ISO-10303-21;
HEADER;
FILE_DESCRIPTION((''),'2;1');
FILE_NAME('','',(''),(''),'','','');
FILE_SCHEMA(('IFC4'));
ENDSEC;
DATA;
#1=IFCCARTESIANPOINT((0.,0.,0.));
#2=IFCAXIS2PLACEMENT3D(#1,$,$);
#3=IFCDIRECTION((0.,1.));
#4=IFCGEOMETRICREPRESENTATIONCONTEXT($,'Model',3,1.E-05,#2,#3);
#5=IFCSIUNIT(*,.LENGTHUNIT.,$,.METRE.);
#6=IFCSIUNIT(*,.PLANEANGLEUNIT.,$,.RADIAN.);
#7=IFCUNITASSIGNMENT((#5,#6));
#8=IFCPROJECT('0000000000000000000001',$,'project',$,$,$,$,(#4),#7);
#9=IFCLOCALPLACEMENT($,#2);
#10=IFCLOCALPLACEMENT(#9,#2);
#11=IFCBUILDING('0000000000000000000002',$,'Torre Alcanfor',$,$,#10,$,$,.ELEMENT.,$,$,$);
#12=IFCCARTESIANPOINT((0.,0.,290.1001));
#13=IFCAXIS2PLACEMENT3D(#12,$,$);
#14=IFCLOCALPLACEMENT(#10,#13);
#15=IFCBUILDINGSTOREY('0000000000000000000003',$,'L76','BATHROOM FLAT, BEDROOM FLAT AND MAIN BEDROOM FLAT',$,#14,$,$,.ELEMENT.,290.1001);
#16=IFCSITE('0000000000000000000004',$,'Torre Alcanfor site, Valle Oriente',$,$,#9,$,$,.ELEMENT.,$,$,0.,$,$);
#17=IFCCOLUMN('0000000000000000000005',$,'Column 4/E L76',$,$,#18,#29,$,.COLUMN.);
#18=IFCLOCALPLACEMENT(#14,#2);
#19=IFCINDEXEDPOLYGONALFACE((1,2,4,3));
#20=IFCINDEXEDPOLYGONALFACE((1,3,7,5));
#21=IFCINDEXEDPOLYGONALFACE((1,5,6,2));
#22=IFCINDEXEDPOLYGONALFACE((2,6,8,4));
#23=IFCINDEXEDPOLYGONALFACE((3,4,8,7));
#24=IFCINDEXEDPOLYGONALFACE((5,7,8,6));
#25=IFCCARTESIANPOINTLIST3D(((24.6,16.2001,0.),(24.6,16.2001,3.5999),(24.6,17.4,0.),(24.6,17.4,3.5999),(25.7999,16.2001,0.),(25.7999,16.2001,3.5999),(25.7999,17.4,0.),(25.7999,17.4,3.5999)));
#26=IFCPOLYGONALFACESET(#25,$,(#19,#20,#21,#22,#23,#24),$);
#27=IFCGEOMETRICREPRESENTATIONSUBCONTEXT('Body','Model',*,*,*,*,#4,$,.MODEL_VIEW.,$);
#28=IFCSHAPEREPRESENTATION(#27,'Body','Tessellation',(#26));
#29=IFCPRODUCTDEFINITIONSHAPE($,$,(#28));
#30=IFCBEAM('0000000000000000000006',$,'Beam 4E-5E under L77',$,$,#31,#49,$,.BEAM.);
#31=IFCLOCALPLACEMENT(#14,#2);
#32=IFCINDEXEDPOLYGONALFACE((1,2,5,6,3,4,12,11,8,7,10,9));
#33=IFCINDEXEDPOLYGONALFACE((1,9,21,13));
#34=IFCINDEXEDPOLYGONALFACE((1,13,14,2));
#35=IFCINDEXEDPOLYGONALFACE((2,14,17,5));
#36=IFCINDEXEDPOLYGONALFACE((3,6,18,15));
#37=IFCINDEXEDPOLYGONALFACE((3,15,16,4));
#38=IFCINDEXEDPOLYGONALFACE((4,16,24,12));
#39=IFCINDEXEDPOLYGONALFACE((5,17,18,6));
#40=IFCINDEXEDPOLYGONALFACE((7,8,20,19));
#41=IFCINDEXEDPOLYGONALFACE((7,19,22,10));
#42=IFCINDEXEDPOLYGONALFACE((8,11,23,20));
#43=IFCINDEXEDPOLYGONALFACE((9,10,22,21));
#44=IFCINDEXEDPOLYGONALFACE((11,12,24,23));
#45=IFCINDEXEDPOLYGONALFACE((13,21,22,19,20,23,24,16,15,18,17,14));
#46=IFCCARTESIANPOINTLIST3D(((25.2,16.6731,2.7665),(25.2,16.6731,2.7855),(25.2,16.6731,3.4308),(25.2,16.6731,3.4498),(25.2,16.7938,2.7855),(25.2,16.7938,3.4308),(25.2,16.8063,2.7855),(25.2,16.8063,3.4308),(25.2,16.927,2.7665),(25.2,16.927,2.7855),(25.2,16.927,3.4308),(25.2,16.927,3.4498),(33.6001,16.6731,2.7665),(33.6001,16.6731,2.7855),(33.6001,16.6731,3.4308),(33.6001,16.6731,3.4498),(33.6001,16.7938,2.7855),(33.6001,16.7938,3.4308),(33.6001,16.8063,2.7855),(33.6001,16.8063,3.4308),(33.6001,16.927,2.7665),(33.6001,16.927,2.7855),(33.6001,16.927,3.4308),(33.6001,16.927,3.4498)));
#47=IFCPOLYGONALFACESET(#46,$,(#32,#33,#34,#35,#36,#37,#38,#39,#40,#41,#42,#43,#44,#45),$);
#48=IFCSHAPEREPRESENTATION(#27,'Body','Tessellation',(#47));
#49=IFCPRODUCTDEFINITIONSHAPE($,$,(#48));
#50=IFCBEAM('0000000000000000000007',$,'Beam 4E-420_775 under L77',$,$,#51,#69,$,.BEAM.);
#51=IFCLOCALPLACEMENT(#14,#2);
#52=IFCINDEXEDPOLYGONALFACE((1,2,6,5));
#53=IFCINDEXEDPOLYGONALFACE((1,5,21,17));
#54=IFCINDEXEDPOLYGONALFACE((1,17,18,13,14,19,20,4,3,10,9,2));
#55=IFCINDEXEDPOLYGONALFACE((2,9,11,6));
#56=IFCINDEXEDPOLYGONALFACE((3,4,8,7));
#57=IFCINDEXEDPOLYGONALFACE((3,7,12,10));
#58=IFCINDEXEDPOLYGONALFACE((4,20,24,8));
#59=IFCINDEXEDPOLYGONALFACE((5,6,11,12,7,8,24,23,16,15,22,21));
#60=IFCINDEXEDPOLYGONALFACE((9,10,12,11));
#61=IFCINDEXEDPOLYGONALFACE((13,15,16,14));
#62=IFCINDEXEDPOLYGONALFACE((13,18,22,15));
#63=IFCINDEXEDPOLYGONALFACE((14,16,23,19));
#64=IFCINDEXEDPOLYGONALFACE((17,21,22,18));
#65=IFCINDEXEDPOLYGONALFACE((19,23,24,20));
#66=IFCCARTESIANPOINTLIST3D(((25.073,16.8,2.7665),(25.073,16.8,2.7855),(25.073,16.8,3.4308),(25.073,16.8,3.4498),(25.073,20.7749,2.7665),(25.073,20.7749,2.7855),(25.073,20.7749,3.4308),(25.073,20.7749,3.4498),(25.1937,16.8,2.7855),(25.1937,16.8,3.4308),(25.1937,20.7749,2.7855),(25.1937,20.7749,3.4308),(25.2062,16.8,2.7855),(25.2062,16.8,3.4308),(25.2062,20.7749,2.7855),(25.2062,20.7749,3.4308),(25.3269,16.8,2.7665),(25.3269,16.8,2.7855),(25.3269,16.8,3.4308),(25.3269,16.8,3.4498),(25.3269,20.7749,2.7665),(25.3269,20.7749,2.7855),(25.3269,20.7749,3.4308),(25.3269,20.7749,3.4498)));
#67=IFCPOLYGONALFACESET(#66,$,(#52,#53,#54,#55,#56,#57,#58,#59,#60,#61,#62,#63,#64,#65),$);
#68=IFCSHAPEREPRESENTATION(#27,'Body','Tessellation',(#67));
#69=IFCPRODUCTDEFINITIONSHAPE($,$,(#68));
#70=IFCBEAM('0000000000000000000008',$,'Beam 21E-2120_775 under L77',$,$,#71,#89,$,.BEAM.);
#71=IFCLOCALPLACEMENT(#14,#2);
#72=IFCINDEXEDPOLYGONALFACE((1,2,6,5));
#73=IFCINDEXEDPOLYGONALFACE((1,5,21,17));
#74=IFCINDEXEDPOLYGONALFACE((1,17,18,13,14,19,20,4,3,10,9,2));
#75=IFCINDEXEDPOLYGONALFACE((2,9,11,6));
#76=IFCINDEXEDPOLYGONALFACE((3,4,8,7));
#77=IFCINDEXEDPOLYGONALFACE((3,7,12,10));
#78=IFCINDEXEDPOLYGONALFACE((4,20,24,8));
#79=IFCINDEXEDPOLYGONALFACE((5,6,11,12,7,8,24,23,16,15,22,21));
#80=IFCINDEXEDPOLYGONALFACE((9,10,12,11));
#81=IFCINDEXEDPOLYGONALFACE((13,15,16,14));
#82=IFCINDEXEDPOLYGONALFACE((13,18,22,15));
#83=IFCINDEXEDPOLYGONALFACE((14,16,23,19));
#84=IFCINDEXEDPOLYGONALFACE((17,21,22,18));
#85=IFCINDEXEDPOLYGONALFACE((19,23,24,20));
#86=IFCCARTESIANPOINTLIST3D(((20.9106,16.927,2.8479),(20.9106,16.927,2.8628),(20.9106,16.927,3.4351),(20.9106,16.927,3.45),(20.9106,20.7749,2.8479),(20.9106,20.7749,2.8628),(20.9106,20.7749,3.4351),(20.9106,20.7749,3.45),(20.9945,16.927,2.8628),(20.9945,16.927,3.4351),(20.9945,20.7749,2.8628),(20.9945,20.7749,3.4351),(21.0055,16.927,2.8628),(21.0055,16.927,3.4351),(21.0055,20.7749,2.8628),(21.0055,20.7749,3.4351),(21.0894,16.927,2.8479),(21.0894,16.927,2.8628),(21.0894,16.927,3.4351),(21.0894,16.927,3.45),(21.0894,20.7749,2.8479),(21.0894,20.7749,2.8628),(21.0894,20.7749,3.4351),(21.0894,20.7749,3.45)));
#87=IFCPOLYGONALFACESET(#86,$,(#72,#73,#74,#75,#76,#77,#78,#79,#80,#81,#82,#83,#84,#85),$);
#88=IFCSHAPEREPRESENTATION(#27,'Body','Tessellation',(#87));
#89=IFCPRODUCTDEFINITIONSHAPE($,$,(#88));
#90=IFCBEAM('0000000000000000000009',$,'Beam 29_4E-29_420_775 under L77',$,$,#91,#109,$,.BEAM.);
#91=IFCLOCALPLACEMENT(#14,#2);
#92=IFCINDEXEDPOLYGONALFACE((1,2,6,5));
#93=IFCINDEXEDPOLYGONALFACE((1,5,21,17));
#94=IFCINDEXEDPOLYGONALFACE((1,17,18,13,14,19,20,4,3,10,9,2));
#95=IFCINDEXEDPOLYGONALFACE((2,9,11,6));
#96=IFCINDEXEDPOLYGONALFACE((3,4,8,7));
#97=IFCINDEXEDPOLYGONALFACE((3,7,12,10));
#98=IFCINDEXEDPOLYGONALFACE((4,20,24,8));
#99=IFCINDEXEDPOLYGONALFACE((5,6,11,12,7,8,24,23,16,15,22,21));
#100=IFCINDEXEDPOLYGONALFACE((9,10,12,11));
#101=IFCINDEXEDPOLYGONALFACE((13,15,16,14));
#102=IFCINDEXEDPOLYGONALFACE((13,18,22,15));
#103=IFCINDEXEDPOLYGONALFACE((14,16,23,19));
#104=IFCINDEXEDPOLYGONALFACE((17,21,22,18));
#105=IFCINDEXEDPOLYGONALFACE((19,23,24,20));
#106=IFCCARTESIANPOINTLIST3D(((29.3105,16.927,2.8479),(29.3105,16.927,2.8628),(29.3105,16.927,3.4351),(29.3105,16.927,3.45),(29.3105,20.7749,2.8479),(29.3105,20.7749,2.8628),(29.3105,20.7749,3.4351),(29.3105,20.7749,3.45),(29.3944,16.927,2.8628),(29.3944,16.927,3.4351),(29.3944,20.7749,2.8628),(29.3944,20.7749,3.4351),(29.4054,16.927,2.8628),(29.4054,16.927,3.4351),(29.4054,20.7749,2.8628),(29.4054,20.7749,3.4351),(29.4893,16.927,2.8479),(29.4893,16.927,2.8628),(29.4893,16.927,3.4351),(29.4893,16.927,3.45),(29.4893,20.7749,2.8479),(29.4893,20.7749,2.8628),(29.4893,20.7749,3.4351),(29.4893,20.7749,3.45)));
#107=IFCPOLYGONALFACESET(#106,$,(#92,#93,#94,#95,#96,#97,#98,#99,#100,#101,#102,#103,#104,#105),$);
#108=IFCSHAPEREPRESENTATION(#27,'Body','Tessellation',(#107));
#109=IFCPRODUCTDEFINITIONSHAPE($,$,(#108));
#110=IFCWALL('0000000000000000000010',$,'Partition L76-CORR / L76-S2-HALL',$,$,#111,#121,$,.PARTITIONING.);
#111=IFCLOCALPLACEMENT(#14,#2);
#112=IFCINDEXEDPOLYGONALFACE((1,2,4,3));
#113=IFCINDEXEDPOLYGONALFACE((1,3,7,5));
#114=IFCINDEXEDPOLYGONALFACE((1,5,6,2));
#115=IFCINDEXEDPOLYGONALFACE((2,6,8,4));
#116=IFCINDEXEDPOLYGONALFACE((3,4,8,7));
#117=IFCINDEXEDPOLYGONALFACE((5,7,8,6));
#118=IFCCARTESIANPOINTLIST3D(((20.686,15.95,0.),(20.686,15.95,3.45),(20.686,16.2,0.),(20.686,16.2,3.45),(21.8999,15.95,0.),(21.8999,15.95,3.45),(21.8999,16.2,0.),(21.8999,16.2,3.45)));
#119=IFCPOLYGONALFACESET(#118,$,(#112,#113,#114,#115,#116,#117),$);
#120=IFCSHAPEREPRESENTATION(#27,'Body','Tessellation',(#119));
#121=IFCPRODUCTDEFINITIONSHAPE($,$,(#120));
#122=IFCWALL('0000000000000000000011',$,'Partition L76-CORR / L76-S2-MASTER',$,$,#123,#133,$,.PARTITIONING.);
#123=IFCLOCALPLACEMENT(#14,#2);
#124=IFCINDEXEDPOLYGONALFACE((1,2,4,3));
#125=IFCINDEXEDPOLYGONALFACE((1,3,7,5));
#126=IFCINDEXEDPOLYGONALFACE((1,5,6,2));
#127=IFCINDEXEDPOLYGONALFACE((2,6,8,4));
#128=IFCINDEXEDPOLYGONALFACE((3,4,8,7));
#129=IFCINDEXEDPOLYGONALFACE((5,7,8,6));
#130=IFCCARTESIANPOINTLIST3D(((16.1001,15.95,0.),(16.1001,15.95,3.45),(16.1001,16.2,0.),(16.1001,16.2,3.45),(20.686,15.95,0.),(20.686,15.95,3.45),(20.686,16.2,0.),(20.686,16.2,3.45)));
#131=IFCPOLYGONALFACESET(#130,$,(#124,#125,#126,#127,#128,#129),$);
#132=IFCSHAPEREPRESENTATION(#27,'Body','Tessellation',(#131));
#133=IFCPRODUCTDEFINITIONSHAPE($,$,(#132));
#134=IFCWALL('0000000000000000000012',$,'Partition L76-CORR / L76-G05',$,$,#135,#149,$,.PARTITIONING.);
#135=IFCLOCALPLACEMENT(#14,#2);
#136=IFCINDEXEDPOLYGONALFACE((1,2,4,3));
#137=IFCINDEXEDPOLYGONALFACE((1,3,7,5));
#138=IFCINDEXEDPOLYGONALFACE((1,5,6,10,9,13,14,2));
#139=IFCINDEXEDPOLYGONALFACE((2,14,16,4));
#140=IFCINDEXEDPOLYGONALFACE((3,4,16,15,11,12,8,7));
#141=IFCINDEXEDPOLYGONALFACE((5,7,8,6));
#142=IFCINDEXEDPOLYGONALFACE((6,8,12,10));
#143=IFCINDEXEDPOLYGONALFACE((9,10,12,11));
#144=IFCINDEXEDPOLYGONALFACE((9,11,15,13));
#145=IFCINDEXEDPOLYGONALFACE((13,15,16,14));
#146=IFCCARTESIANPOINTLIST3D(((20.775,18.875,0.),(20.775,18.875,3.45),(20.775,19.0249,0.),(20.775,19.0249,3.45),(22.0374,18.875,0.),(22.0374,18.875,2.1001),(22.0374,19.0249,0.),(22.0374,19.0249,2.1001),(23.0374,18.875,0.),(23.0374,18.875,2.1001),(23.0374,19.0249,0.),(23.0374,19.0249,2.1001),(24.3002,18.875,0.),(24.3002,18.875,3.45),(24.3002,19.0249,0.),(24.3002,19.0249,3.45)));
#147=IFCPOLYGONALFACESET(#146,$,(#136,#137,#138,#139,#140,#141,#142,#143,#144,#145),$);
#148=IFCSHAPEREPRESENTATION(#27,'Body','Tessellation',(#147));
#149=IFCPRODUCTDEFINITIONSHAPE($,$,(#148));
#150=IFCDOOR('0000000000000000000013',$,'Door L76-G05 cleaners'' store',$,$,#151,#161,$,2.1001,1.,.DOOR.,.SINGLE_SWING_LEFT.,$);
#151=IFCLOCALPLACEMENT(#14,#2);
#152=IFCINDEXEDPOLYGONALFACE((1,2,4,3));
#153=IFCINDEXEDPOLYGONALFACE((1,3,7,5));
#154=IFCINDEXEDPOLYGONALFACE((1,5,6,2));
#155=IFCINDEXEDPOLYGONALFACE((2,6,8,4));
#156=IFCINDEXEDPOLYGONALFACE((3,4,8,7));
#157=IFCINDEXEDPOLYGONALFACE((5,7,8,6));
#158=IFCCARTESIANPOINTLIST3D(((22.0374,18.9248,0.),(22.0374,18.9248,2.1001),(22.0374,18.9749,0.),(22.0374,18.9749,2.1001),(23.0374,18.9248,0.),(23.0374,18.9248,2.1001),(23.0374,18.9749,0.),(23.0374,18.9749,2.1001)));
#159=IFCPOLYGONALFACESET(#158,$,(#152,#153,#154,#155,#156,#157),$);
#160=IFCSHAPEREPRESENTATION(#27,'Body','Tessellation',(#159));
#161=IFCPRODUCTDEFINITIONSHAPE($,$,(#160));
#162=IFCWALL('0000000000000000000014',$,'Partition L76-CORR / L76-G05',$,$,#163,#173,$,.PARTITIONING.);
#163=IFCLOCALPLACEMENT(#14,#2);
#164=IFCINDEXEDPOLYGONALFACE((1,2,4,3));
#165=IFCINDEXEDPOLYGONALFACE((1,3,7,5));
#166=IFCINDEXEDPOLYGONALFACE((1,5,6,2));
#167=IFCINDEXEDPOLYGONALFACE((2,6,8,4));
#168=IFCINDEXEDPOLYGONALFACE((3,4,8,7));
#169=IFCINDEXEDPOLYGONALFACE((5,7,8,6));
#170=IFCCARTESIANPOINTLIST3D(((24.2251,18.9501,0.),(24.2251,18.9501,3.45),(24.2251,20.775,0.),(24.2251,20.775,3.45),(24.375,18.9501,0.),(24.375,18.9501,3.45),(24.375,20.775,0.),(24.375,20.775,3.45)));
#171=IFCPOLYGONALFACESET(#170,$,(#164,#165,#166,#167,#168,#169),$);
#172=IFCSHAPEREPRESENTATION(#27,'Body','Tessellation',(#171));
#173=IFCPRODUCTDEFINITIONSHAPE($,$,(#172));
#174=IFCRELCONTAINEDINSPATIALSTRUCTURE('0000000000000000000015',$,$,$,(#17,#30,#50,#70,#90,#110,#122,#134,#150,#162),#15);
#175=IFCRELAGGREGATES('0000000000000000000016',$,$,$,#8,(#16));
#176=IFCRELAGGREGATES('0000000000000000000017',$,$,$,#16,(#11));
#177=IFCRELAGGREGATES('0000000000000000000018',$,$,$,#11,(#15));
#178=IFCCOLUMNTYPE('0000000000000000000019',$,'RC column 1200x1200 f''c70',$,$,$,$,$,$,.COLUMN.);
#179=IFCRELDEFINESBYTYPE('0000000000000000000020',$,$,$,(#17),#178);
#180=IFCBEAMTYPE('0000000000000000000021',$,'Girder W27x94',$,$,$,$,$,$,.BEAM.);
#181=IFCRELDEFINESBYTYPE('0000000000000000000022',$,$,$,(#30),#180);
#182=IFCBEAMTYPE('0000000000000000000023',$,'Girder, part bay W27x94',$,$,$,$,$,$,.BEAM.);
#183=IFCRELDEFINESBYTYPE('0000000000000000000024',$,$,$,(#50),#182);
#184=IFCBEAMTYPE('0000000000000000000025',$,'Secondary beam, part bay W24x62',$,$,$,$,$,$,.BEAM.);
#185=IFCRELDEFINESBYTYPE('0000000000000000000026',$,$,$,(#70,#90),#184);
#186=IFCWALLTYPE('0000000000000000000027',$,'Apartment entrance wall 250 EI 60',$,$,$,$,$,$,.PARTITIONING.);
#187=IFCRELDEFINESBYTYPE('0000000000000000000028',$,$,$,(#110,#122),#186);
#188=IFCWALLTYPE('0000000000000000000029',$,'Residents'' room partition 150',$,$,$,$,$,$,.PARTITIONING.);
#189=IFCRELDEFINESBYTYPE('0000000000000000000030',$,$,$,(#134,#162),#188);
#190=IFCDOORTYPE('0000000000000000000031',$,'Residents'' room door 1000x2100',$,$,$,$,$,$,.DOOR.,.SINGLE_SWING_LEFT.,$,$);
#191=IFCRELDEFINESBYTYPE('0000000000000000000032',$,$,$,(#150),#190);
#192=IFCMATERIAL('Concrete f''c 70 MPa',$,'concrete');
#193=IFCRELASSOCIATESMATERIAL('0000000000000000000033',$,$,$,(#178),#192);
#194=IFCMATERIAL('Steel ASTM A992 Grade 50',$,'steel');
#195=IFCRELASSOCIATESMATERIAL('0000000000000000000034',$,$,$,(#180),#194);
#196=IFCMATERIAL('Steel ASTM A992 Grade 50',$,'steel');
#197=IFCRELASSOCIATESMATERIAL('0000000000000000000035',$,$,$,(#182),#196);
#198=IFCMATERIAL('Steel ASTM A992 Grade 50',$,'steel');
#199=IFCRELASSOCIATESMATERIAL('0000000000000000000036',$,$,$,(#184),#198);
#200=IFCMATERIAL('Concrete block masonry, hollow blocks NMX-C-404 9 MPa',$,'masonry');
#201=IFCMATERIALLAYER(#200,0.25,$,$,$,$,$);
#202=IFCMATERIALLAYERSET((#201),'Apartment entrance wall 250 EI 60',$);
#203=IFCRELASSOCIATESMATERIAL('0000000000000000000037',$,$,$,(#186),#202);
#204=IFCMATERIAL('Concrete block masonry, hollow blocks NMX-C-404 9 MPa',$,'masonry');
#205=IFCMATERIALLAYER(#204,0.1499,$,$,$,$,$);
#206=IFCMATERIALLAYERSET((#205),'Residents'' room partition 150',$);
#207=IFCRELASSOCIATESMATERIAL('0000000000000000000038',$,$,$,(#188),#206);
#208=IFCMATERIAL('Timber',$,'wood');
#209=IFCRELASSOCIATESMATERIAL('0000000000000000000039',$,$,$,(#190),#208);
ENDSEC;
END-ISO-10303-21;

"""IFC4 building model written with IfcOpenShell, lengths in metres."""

from ifc_helpers import new_model, si_unit, direction, frame, frame_2d, origin, origin_2d, place, context, subcontext, project, spatial, rectangle, i_section, extrude, material, layer, layer_set, material_profile, profile_set, type_object, element, fill, save


model = new_model("IFC4")

# Units and contexts
model_context = context("Model", 3, precision=1e-05, world=origin(), true_north=direction((0.0, 1.0)))
body_context = subcontext(model_context, "Body", "Model", "MODEL_VIEW")
ifc_project = project(units=[si_unit("LENGTHUNIT", "METRE"), si_unit("PLANEANGLEUNIT", "RADIAN")], contexts=[model_context])

# Site, building, storey
site_placement = place(None, origin())
site = spatial("IfcSite", under=ifc_project, at=site_placement, Name="Torre Alcanfor site, Valle Oriente", CompositionType="ELEMENT", RefElevation=0.0)
building_placement = place(site_placement, origin())
building = spatial("IfcBuilding", under=site, at=building_placement, Name="Torre Alcanfor", CompositionType="ELEMENT")
storey_placement = place(building_placement, frame((0.0, 0.0, 290.1001)))
storey = spatial("IfcBuildingStorey", under=building, at=storey_placement, Name="L76", Description="BATHROOM FLAT, BEDROOM FLAT AND MAIN BEDROOM FLAT", CompositionType="ELEMENT", Elevation=290.1001)

# Column
ifc_material_1 = material(Name="Concrete f'c 70 MPa", Category="concrete")
ifc_material_profile_1 = material_profile(ifc_material_1, rectangle(XDim=1.2, YDim=1.2, at=origin_2d()), Name="1200x1200")
ifc_profile_set_1 = profile_set([ifc_material_profile_1], Name="Concrete f'c 70 MPa")
column_type = type_object("IfcColumnType", Name="RC column 1200x1200 f'c70", PredefinedType="COLUMN", material=ifc_profile_set_1)
column_placement = place(storey_placement, frame((25.2, 16.8, 0.0), z_axis=(0.0, 0.0, 1.0), x_axis=(1.0, 0.0, 0.0)))
element("IfcColumn", 1, at=column_placement, inside=storey, type_object=column_type, Name="Column 4/E L76", PredefinedType="COLUMN", context=body_context, shape_type="SweptSolid", body=[
    extrude(rectangle(XDim=1.2, YDim=1.2, at=origin_2d()), origin(), (0.0, 0.0, 1.0), 3.5999),
])

# Beams
ifc_material_2 = material(Name="Steel ASTM A992 Grade 50", Category="steel")
ifc_material_profile_2 = material_profile(ifc_material_2, i_section(OverallWidth=0.2539, OverallDepth=0.6833, WebThickness=0.0125, FlangeThickness=0.019, at=origin_2d()), Name="W27x94")
ifc_profile_set_2 = profile_set([ifc_material_profile_2], Name="Steel ASTM A992 Grade 50")
beam_type_1 = type_object("IfcBeamType", Name="Girder W27x94", PredefinedType="BEAM", material=ifc_profile_set_2)
beam_1_placement = place(storey_placement, frame((25.2, 16.8, 3.1082), z_axis=(1.0, 0.0, 0.0), x_axis=(0.0, 1.0, 0.0)))
element("IfcBeam", 2, at=beam_1_placement, inside=storey, type_object=beam_type_1, Name="Beam 4E-5E under L77", PredefinedType="BEAM", context=body_context, shape_type="SweptSolid", body=[
    extrude(i_section(OverallWidth=0.2539, OverallDepth=0.6833, WebThickness=0.0125, FlangeThickness=0.019, at=origin_2d()), origin(), (0.0, 0.0, 1.0), 8.4001),
])
ifc_material_3 = material(Name="Steel ASTM A992 Grade 50", Category="steel")
ifc_material_profile_3 = material_profile(ifc_material_3, i_section(OverallWidth=0.2539, OverallDepth=0.6833, WebThickness=0.0125, FlangeThickness=0.019, at=origin_2d()), Name="W27x94")
ifc_profile_set_3 = profile_set([ifc_material_profile_3], Name="Steel ASTM A992 Grade 50")
beam_type_2 = type_object("IfcBeamType", Name="Girder, part bay W27x94", PredefinedType="BEAM", material=ifc_profile_set_3)
beam_2_placement = place(storey_placement, frame((25.2, 16.8, 3.1082), z_axis=(0.0, 1.0, 0.0), x_axis=(-1.0, 0.0, 0.0)))
element("IfcBeam", 3, at=beam_2_placement, inside=storey, type_object=beam_type_2, Name="Beam 4E-420_775 under L77", PredefinedType="BEAM", context=body_context, shape_type="SweptSolid", body=[
    extrude(i_section(OverallWidth=0.2539, OverallDepth=0.6833, WebThickness=0.0125, FlangeThickness=0.019, at=origin_2d()), origin(), (0.0, 0.0, 1.0), 3.9749),
])
ifc_material_4 = material(Name="Steel ASTM A992 Grade 50", Category="steel")
ifc_material_profile_4 = material_profile(ifc_material_4, i_section(OverallWidth=0.1787, OverallDepth=0.6021, WebThickness=0.011, FlangeThickness=0.0149, at=origin_2d()), Name="W24x62")
ifc_profile_set_4 = profile_set([ifc_material_profile_4], Name="Steel ASTM A992 Grade 50")
beam_type_3 = type_object("IfcBeamType", Name="Secondary beam, part bay W24x62", PredefinedType="BEAM", material=ifc_profile_set_4)
for number, where, z_axis, x_axis, name in (
    (4, (21.0, 16.927, 3.1489), (0.0, 1.0, 0.0), (-1.0, 0.0, 0.0), "Beam 21E-2120_775 under L77"),
    (5, (29.3999, 16.927, 3.1489), (0.0, 1.0, 0.0), (-1.0, 0.0, 0.0), "Beam 29_4E-29_420_775 under L77"),
):
    element("IfcBeam", number, at=place(storey_placement, frame(where, z_axis=z_axis, x_axis=x_axis)), inside=storey, type_object=beam_type_3, Name=name, PredefinedType="BEAM", context=body_context, shape_type="SweptSolid", body=[
        extrude(i_section(OverallWidth=0.1787, OverallDepth=0.6021, WebThickness=0.011, FlangeThickness=0.0149, at=origin_2d()), origin(), (0.0, 0.0, 1.0), 3.8479),
    ])

# Walls
ifc_material_5 = material(Name="Concrete block masonry, hollow blocks NMX-C-404 9 MPa", Category="masonry")
ifc_layer_1 = layer(ifc_material_5, 0.25)
ifc_layer_set_1 = layer_set([ifc_layer_1], Name="Apartment entrance wall 250 EI 60")
wall_type_1 = type_object("IfcWallType", Name="Apartment entrance wall 250 EI 60", PredefinedType="PARTITIONING", material=ifc_layer_set_1)
wall_1_placement = place(storey_placement, frame((21.8999, 16.075, 0.0), z_axis=(0.0, 0.0, 1.0), x_axis=(-1.0, 0.0, 0.0)))
element("IfcWall", 6, at=wall_1_placement, inside=storey, type_object=wall_type_1, Name="Partition L76-CORR / L76-S2-HALL", PredefinedType="PARTITIONING", context=body_context, shape_type="SweptSolid", body=[
    extrude(rectangle(XDim=1.2139, YDim=0.25, at=frame_2d((0.6069, 0.0))), origin(), (0.0, 0.0, 1.0), 3.45),
])
wall_2_placement = place(storey_placement, frame((20.686, 16.075, 0.0), z_axis=(0.0, 0.0, 1.0), x_axis=(-1.0, 0.0, 0.0)))
element("IfcWall", 7, at=wall_2_placement, inside=storey, type_object=wall_type_1, Name="Partition L76-CORR / L76-S2-MASTER", PredefinedType="PARTITIONING", context=body_context, shape_type="SweptSolid", body=[
    extrude(rectangle(XDim=4.5859, YDim=0.25, at=frame_2d((2.293, 0.0))), origin(), (0.0, 0.0, 1.0), 3.45),
])

# Wall, opening, door
ifc_material_6 = material(Name="Concrete block masonry, hollow blocks NMX-C-404 9 MPa", Category="masonry")
ifc_layer_2 = layer(ifc_material_6, 0.1499)
ifc_layer_set_2 = layer_set([ifc_layer_2], Name="Residents' room partition 150")
wall_type_2 = type_object("IfcWallType", Name="Residents' room partition 150", PredefinedType="PARTITIONING", material=ifc_layer_set_2)
wall_3_placement = place(storey_placement, frame((20.7749, 18.95, 0.0), z_axis=(0.0, 0.0, 1.0), x_axis=(1.0, 0.0, 0.0)))
wall_3 = element("IfcWall", 8, at=wall_3_placement, inside=storey, type_object=wall_type_2, Name="Partition L76-CORR / L76-G05", PredefinedType="PARTITIONING", context=body_context, shape_type="SweptSolid", body=[
    extrude(rectangle(XDim=3.5251, YDim=0.1499, at=frame_2d((1.7627, 0.0))), origin(), (0.0, 0.0, 1.0), 3.45),
])
opening_1_placement = place(wall_3_placement, frame((1.2625, 0.0, 0.0)))
opening_1 = element("IfcOpeningElement", 9, at=opening_1_placement, cuts=wall_3, PredefinedType="OPENING", context=body_context, shape_type="SweptSolid", body=[
    extrude(rectangle(XDim=1.0, YDim=2.1001, at=frame_2d((0.5, 1.05))), frame((0.0, 0.085, 0.0), z_axis=(0.0, -1.0, 0.0), x_axis=(1.0, 0.0, 0.0)), (0.0, 0.0, 1.0), 0.1699),
])
ifc_material_7 = material(Name="Timber", Category="wood")
door_type_1 = type_object("IfcDoorType", Name="Residents' room door 1000x2100", OperationType="SINGLE_SWING_LEFT", PredefinedType="DOOR", material=ifc_material_7)
door_1_placement = place(opening_1_placement, origin())
door_1 = element("IfcDoor", 10, at=door_1_placement, inside=storey, type_object=door_type_1, Name="Door L76-G05 cleaners' store", OperationType="SINGLE_SWING_LEFT", OverallHeight=2.1001, OverallWidth=1.0, PredefinedType="DOOR", context=body_context, shape_type="SweptSolid", body=[
    extrude(rectangle(XDim=1.0, YDim=2.1001, at=frame_2d((0.5, 1.05))), frame((0.0, 0.0249, 0.0), z_axis=(0.0, -1.0, 0.0), x_axis=(1.0, 0.0, 0.0)), (0.0, 0.0, 1.0), 0.05),
])
fill(opening_1, door_1)

# Wall
wall_4_placement = place(storey_placement, frame((24.3, 18.95, 0.0), z_axis=(0.0, 0.0, 1.0), x_axis=(0.0, 1.0, 0.0)))
element("IfcWall", 11, at=wall_4_placement, inside=storey, type_object=wall_type_2, Name="Partition L76-CORR / L76-G05", PredefinedType="PARTITIONING", context=body_context, shape_type="SweptSolid", body=[
    extrude(rectangle(XDim=1.825, YDim=0.1499, at=frame_2d((0.9126, 0.0))), origin(), (0.0, 0.0, 1.0), 3.45),
])

save(model, "model.ifc")
